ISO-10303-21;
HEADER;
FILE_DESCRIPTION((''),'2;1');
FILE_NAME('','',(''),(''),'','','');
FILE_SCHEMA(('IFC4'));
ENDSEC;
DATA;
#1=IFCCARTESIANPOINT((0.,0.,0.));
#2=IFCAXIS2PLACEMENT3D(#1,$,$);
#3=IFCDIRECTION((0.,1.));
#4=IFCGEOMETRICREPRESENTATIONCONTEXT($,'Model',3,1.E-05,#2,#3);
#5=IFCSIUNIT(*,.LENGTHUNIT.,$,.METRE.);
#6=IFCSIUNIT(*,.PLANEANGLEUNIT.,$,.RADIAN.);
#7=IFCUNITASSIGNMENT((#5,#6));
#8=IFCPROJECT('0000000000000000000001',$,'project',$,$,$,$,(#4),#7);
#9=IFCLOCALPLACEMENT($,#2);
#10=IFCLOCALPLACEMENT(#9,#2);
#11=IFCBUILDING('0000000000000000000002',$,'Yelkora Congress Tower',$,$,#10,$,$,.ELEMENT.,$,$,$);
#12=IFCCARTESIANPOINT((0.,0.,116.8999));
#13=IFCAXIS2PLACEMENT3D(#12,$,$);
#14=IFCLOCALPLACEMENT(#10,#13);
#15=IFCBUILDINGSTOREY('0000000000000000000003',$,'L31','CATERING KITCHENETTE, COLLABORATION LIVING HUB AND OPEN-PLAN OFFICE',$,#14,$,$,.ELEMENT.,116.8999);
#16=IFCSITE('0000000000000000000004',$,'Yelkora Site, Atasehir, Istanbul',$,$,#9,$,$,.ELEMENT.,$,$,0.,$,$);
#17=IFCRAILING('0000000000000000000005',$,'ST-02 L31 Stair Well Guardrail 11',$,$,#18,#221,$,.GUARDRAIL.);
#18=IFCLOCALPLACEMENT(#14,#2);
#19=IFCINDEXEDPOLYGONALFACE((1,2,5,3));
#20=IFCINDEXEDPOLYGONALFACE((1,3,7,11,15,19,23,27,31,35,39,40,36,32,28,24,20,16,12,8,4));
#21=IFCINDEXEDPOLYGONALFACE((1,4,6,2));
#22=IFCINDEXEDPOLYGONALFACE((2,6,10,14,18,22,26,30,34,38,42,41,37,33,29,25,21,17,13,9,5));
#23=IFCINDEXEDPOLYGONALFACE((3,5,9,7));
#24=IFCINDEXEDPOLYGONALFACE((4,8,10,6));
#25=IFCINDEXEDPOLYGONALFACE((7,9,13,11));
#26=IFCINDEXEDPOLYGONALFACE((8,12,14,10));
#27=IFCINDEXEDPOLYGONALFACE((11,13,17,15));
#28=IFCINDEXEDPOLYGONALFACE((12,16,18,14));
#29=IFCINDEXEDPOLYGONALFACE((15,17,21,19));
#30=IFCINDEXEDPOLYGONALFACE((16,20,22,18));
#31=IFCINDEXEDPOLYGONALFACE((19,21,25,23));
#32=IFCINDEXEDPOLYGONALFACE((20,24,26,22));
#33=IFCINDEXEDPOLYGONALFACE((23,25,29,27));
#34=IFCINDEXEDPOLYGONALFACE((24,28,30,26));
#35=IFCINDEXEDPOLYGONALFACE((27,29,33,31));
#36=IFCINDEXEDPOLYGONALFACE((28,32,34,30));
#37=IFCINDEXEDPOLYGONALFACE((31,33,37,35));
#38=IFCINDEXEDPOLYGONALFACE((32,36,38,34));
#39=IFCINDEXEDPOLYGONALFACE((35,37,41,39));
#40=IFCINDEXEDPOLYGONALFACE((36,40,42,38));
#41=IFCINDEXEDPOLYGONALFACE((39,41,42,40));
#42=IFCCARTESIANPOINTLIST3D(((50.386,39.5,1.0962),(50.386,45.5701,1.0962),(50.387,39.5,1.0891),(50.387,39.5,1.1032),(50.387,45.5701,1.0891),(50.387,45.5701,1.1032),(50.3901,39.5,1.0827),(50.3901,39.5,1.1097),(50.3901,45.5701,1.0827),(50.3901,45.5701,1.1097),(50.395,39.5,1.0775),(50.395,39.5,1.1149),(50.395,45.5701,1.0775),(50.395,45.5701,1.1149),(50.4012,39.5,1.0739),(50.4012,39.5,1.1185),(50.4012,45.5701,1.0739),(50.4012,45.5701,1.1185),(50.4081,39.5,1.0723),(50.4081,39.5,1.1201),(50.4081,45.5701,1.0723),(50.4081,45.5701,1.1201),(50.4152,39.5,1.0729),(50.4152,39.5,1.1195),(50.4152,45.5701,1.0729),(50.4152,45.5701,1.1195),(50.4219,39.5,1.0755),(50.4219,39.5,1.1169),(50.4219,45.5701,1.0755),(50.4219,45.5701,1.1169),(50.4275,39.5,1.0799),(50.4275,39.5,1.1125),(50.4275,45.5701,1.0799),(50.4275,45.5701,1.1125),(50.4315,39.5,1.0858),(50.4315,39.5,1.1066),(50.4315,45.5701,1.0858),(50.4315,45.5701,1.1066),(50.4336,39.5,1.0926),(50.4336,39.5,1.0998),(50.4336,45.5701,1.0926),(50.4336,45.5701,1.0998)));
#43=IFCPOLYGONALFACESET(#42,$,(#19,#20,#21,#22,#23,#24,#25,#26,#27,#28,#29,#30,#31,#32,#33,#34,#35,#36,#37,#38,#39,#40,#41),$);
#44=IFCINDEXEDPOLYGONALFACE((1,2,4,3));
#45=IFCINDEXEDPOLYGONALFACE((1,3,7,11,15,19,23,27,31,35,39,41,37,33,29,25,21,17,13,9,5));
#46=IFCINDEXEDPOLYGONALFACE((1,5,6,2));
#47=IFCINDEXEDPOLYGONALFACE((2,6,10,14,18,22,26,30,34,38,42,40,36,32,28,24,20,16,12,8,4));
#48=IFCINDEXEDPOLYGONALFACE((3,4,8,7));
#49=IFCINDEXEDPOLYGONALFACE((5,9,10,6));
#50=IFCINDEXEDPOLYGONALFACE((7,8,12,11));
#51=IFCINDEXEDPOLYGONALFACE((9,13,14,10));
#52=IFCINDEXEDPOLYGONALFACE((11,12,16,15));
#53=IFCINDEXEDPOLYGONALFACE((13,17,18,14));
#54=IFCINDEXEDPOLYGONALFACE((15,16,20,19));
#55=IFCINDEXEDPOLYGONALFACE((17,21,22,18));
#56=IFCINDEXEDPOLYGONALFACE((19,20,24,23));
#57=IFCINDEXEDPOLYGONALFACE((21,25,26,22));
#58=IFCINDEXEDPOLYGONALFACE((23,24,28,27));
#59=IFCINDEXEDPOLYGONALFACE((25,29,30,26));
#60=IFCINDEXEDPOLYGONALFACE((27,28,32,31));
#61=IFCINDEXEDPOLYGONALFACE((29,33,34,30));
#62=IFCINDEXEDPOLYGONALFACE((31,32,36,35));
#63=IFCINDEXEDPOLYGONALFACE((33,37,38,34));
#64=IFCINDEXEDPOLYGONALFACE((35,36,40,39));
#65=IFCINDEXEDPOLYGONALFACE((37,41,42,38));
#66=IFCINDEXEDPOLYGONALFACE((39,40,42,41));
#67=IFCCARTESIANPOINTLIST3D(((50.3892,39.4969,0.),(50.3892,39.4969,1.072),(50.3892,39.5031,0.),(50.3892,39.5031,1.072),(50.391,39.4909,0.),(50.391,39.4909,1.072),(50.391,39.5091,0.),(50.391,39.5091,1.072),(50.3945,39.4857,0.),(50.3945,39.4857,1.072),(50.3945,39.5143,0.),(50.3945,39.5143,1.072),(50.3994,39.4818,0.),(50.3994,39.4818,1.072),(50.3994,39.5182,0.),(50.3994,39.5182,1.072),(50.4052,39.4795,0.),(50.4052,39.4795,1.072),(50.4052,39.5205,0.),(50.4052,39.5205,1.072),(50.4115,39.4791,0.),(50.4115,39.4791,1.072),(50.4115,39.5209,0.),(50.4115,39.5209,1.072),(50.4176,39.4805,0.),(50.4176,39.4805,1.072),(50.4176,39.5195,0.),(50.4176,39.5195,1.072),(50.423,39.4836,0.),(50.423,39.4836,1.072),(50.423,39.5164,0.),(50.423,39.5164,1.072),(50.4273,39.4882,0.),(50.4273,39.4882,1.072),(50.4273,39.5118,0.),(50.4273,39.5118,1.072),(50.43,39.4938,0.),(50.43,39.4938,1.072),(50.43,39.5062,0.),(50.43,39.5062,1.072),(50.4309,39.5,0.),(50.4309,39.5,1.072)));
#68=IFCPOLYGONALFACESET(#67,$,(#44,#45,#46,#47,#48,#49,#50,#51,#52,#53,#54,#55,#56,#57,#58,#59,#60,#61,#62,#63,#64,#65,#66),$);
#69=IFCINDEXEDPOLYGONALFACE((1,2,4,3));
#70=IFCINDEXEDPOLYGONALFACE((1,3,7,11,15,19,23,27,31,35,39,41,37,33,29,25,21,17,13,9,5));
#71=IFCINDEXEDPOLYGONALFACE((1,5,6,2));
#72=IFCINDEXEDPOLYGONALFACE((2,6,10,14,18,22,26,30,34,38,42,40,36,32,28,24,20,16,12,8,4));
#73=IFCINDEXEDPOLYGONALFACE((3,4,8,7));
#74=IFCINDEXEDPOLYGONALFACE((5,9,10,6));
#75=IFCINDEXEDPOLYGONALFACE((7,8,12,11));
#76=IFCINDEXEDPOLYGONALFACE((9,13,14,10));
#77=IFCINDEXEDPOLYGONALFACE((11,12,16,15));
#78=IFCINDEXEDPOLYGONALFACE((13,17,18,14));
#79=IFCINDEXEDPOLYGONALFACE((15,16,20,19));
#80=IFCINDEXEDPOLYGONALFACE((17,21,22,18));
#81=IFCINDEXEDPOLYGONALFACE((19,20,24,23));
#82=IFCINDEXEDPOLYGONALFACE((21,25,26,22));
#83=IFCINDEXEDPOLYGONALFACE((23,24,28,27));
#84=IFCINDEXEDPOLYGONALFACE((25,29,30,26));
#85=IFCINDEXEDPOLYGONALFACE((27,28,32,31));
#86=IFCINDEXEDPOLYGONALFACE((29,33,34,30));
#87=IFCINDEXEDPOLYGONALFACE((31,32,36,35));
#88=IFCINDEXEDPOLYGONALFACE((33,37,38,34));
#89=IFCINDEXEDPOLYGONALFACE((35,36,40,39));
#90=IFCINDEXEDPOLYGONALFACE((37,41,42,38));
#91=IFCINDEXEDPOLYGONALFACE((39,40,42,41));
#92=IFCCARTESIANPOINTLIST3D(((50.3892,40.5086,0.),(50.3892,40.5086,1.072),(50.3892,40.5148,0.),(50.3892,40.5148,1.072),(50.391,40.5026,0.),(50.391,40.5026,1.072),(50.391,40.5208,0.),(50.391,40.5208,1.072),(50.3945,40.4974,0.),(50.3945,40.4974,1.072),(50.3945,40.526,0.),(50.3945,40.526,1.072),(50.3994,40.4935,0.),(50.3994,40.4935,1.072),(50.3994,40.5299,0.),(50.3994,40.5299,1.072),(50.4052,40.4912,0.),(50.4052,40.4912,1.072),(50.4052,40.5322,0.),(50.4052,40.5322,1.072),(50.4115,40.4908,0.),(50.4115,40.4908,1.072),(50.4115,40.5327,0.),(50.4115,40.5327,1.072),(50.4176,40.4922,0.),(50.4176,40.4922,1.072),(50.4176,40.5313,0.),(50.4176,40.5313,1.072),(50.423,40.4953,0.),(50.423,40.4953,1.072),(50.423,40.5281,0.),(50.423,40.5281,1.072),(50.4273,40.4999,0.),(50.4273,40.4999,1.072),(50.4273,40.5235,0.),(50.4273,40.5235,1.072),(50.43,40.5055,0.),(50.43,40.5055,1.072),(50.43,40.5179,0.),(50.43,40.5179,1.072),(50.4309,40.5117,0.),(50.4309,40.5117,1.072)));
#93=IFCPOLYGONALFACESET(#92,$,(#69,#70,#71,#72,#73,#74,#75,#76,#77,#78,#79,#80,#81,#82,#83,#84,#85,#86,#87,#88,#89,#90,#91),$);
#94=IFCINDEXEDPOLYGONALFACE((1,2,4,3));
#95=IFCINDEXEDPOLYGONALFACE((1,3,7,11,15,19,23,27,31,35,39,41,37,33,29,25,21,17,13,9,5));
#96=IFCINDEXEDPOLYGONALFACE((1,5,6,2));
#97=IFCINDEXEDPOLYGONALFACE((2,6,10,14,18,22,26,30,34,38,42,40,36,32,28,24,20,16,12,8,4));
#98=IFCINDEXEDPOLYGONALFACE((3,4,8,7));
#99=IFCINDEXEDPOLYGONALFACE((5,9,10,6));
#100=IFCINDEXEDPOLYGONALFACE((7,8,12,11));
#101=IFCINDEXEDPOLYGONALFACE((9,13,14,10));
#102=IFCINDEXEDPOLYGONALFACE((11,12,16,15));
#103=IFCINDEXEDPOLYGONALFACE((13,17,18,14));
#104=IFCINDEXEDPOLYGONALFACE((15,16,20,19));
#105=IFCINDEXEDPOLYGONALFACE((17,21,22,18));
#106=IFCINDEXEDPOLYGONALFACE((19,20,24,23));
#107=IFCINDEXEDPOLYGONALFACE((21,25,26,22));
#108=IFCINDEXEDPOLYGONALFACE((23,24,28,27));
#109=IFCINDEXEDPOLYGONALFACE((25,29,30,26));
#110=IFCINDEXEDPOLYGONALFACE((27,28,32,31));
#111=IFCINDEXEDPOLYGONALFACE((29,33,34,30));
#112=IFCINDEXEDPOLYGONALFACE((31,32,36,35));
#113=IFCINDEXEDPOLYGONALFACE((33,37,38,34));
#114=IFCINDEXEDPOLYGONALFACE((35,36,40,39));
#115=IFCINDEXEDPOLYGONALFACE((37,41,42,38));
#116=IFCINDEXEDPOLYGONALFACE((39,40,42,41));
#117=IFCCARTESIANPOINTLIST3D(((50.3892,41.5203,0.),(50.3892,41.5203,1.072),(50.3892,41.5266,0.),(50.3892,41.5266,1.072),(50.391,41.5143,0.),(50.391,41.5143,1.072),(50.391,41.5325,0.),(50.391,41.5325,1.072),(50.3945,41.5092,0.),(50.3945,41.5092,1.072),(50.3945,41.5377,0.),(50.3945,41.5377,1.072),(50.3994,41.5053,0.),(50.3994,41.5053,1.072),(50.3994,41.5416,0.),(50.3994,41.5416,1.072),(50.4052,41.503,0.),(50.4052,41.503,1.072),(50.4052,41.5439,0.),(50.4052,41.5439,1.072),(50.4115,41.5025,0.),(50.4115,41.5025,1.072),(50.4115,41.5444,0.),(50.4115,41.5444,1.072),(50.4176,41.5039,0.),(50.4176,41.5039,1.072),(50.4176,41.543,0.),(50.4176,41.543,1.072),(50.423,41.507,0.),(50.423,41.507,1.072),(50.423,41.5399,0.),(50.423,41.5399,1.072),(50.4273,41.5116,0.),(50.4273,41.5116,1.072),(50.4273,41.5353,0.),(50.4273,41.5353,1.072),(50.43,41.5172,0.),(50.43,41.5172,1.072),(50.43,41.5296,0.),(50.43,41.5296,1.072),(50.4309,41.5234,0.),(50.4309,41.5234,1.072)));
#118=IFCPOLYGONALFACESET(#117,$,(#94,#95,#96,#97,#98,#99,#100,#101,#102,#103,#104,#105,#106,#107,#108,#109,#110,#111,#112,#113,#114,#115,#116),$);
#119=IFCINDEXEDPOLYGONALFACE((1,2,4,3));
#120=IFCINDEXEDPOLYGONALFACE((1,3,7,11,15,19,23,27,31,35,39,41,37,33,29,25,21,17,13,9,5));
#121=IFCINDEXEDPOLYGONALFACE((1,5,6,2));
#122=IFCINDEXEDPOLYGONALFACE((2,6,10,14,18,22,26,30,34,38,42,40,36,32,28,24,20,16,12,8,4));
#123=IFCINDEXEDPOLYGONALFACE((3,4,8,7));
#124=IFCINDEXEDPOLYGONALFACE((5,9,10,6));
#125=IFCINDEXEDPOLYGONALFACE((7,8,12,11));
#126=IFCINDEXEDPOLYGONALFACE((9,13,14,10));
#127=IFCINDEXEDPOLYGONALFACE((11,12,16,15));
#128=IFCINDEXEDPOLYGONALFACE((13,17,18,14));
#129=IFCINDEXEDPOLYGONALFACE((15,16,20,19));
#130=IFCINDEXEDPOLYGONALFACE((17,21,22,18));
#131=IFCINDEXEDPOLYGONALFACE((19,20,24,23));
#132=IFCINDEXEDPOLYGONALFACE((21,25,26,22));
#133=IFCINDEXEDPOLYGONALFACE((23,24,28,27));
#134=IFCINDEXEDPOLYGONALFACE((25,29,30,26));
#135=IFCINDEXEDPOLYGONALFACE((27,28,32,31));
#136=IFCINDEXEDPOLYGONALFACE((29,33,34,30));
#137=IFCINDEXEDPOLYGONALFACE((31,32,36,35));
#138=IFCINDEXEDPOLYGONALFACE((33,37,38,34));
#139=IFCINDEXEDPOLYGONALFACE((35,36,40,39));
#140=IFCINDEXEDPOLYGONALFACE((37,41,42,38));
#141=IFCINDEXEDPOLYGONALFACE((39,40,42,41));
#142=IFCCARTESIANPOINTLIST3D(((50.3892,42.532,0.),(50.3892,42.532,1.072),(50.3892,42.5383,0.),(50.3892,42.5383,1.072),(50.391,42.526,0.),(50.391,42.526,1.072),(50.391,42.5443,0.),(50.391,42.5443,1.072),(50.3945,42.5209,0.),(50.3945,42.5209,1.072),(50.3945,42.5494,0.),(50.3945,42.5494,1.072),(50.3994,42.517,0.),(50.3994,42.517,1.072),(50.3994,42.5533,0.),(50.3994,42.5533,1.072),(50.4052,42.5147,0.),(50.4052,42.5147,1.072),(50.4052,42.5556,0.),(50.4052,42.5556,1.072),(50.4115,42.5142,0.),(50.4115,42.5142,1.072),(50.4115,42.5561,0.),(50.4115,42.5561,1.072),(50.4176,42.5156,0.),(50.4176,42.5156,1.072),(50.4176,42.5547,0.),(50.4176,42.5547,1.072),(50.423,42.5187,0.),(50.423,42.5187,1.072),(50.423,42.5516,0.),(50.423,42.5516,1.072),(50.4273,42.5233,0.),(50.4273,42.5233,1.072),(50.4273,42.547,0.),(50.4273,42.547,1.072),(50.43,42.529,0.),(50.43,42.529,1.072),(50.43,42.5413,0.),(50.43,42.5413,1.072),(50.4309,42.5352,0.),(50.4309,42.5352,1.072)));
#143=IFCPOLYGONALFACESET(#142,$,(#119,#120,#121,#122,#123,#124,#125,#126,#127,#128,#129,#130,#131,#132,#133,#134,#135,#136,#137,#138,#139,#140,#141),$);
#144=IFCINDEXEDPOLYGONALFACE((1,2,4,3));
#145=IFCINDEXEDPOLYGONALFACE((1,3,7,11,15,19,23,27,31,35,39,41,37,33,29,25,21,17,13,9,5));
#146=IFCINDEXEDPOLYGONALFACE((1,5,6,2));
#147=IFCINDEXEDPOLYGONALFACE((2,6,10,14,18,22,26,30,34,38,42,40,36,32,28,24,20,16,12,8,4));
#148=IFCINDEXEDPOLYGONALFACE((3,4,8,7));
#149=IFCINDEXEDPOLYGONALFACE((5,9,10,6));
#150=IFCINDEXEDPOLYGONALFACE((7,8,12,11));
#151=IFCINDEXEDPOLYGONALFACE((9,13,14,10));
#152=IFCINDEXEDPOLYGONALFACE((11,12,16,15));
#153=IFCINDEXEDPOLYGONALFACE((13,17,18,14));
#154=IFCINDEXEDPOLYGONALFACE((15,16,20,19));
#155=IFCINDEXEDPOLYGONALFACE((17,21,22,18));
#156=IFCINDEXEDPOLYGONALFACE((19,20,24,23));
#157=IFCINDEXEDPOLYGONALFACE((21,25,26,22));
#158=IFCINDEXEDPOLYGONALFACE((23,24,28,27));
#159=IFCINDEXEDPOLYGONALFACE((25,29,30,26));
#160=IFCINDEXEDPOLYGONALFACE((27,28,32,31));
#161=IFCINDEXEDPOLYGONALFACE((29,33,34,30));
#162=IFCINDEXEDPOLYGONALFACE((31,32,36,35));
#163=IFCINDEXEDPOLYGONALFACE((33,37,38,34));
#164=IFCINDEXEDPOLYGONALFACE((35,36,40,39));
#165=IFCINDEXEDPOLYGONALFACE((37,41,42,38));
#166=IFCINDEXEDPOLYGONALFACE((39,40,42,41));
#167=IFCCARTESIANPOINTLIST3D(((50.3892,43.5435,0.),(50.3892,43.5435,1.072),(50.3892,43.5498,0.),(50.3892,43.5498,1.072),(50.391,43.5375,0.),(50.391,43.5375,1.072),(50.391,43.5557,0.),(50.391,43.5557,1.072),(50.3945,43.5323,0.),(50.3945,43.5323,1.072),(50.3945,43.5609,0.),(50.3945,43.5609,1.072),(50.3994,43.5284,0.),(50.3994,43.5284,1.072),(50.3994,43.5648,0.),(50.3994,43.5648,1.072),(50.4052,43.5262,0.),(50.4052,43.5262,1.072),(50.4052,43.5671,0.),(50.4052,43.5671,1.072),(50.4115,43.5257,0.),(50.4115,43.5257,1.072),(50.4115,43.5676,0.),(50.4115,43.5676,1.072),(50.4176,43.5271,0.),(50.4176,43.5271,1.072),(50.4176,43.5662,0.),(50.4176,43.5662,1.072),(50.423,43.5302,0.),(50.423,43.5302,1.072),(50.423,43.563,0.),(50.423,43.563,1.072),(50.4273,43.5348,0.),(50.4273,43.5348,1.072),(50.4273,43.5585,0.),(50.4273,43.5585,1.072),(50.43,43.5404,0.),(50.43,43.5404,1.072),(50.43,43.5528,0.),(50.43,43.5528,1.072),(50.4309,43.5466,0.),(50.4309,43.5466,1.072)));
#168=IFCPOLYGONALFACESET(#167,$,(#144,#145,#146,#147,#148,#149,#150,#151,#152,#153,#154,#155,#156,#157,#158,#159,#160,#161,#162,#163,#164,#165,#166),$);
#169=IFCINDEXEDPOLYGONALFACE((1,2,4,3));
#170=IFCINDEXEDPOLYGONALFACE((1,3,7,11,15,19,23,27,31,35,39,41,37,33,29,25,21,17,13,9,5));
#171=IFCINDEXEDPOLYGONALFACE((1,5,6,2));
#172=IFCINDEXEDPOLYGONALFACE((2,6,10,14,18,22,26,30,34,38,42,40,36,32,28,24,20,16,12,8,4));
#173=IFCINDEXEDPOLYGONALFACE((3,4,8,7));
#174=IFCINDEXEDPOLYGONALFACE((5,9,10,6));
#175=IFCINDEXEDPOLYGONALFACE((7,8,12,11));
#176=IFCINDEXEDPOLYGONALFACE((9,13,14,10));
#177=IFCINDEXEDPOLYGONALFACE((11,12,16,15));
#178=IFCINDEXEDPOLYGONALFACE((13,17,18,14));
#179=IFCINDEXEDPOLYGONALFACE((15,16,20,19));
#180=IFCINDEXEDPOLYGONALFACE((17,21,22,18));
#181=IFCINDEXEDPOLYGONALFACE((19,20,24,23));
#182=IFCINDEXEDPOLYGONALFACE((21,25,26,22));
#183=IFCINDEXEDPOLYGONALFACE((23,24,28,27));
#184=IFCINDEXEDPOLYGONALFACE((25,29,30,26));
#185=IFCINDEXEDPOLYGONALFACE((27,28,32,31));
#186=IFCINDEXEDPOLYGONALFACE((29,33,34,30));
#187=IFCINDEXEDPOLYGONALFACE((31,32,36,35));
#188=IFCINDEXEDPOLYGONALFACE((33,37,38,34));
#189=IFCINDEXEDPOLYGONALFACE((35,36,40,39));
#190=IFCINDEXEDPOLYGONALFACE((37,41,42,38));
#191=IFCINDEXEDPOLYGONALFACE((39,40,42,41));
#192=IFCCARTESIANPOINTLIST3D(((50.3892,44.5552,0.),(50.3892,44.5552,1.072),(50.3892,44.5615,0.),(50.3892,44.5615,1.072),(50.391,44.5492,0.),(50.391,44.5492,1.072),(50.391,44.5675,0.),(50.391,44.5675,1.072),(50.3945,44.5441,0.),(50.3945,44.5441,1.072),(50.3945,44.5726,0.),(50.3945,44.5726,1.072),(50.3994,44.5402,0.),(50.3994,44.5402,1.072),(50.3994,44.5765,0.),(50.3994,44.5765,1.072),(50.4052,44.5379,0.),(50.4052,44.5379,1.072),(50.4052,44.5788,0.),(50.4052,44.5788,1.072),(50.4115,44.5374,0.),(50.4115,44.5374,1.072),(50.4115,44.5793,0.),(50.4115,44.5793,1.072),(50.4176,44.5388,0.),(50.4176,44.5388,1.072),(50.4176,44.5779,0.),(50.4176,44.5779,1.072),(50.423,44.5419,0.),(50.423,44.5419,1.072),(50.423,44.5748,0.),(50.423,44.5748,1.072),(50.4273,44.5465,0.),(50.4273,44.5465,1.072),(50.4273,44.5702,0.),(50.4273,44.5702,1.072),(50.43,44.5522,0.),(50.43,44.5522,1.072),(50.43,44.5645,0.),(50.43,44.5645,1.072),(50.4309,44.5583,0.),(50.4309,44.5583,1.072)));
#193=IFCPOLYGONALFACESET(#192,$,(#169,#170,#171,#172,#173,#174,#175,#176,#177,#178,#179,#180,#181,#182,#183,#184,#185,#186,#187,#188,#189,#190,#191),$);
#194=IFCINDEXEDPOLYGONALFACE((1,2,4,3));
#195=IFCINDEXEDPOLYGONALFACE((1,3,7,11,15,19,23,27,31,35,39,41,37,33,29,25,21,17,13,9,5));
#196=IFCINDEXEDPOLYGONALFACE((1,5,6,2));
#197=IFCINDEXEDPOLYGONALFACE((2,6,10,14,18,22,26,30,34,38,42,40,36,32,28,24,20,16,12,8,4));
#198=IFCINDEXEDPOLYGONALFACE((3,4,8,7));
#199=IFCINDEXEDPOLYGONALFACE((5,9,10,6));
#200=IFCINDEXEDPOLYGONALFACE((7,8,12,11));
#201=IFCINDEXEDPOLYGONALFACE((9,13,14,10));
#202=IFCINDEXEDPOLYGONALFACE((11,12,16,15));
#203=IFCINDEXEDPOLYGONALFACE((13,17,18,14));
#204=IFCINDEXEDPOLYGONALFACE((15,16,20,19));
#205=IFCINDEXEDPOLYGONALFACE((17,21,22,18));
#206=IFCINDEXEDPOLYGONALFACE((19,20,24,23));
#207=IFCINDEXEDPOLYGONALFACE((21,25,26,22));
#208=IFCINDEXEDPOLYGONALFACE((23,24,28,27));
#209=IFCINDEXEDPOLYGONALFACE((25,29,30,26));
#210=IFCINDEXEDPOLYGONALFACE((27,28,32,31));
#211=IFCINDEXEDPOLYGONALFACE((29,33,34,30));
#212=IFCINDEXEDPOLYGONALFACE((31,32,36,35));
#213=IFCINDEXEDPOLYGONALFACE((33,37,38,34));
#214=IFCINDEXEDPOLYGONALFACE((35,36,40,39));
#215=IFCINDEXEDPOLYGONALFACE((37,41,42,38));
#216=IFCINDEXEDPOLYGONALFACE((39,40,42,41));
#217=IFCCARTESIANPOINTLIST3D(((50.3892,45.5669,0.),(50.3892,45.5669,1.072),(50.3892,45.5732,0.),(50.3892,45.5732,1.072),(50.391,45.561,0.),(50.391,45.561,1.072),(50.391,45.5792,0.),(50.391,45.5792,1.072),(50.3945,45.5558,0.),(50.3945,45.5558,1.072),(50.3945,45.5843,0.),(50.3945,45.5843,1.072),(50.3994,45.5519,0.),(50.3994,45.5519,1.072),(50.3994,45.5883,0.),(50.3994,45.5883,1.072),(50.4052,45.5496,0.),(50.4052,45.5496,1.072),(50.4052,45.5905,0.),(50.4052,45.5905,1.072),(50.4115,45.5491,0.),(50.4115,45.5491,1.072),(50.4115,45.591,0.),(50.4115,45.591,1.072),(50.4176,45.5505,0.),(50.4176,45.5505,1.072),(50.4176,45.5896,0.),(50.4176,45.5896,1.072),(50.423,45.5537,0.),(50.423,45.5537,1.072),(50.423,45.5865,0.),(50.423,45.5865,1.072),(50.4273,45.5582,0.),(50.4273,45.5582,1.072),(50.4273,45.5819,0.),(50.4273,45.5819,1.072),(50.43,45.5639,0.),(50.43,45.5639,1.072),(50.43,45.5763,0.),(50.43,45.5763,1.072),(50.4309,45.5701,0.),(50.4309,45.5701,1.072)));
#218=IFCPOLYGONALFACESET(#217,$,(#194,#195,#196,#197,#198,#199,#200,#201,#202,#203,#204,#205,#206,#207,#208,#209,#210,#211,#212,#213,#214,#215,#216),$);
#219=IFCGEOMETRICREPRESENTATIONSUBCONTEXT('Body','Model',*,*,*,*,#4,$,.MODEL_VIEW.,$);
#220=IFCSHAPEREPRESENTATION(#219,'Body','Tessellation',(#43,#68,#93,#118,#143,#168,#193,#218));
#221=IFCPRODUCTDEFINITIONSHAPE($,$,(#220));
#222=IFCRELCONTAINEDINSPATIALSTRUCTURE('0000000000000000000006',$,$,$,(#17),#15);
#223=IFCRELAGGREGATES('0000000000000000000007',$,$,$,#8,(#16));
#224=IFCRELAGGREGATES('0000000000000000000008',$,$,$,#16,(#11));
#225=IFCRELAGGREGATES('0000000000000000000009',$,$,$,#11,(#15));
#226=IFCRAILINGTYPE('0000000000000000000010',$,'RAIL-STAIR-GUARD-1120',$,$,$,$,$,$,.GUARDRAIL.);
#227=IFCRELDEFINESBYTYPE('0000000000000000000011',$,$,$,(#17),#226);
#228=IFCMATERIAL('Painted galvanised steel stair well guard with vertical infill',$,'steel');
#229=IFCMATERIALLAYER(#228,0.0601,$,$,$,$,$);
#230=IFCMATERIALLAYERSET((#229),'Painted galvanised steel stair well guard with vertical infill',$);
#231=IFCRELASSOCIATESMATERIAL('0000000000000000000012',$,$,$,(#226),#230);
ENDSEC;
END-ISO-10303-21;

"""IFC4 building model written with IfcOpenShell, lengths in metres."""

from ifc_helpers import new_model, si_unit, direction, frame, origin, origin_2d, place, context, subcontext, project, spatial, circle, extrude, material, layer, layer_set, type_object, element, save


model = new_model("IFC4")

# Units and contexts
model_context = context("Model", 3, precision=1e-05, world=origin(), true_north=direction((0.0, 1.0)))
body_context = subcontext(model_context, "Body", "Model", "MODEL_VIEW")
ifc_project = project(units=[si_unit("LENGTHUNIT", "METRE"), si_unit("PLANEANGLEUNIT", "RADIAN")], contexts=[model_context])

# Site, building, storey
site_placement = place(None, origin())
site = spatial("IfcSite", under=ifc_project, at=site_placement, Name="Yelkora Site, Atasehir, Istanbul", CompositionType="ELEMENT", RefElevation=0.0)
building_placement = place(site_placement, origin())
building = spatial("IfcBuilding", under=site, at=building_placement, Name="Yelkora Congress Tower", CompositionType="ELEMENT")
storey_placement = place(building_placement, frame((0.0, 0.0, 116.8999)))
storey = spatial("IfcBuildingStorey", under=building, at=storey_placement, Name="L31", Description="CATERING KITCHENETTE, COLLABORATION LIVING HUB AND OPEN-PLAN OFFICE", CompositionType="ELEMENT", Elevation=116.8999)

# Railing
ifc_material_1 = material(Name="Painted galvanised steel stair well guard with vertical infill", Category="steel")
ifc_layer_1 = layer(ifc_material_1, 0.0601)
ifc_layer_set_1 = layer_set([ifc_layer_1], Name="Painted galvanised steel stair well guard with vertical infill")
railing_type_1 = type_object("IfcRailingType", Name="RAIL-STAIR-GUARD-1120", PredefinedType="GUARDRAIL", material=ifc_layer_set_1)
railing_1_placement = place(storey_placement, frame((50.4099, 39.5, 0.0)))
element("IfcRailing", 1, at=railing_1_placement, inside=storey, type_object=railing_type_1, Name="ST-02 L31 Stair Well Guardrail 11", PredefinedType="GUARDRAIL", context=body_context, shape_type="SweptSolid", body=[
    extrude(circle(Radius=0.0239, at=origin_2d()), frame((0.0, 0.0, 1.0962), z_axis=(0.0, 1.0, 0.0), x_axis=(-1.0, 0.0, 0.0)), (0.0, 0.0, 1.0), 6.0701),
    extrude(circle(Radius=0.021, at=origin_2d()), origin(), (0.0, 0.0, 1.0), 1.072),
    extrude(circle(Radius=0.021, at=origin_2d()), frame((0.0, 1.0117, 0.0)), (0.0, 0.0, 1.0), 1.072),
    extrude(circle(Radius=0.021, at=origin_2d()), frame((0.0, 2.0234, 0.0)), (0.0, 0.0, 1.0), 1.072),
    extrude(circle(Radius=0.021, at=origin_2d()), frame((0.0, 3.0352, 0.0)), (0.0, 0.0, 1.0), 1.072),
    extrude(circle(Radius=0.021, at=origin_2d()), frame((0.0, 4.0466, 0.0)), (0.0, 0.0, 1.0), 1.072),
    extrude(circle(Radius=0.021, at=origin_2d()), frame((0.0, 5.0583, 0.0)), (0.0, 0.0, 1.0), 1.072),
    extrude(circle(Radius=0.021, at=origin_2d()), frame((0.0, 6.0701, 0.0)), (0.0, 0.0, 1.0), 1.072),
])

save(model, "model.ifc")
